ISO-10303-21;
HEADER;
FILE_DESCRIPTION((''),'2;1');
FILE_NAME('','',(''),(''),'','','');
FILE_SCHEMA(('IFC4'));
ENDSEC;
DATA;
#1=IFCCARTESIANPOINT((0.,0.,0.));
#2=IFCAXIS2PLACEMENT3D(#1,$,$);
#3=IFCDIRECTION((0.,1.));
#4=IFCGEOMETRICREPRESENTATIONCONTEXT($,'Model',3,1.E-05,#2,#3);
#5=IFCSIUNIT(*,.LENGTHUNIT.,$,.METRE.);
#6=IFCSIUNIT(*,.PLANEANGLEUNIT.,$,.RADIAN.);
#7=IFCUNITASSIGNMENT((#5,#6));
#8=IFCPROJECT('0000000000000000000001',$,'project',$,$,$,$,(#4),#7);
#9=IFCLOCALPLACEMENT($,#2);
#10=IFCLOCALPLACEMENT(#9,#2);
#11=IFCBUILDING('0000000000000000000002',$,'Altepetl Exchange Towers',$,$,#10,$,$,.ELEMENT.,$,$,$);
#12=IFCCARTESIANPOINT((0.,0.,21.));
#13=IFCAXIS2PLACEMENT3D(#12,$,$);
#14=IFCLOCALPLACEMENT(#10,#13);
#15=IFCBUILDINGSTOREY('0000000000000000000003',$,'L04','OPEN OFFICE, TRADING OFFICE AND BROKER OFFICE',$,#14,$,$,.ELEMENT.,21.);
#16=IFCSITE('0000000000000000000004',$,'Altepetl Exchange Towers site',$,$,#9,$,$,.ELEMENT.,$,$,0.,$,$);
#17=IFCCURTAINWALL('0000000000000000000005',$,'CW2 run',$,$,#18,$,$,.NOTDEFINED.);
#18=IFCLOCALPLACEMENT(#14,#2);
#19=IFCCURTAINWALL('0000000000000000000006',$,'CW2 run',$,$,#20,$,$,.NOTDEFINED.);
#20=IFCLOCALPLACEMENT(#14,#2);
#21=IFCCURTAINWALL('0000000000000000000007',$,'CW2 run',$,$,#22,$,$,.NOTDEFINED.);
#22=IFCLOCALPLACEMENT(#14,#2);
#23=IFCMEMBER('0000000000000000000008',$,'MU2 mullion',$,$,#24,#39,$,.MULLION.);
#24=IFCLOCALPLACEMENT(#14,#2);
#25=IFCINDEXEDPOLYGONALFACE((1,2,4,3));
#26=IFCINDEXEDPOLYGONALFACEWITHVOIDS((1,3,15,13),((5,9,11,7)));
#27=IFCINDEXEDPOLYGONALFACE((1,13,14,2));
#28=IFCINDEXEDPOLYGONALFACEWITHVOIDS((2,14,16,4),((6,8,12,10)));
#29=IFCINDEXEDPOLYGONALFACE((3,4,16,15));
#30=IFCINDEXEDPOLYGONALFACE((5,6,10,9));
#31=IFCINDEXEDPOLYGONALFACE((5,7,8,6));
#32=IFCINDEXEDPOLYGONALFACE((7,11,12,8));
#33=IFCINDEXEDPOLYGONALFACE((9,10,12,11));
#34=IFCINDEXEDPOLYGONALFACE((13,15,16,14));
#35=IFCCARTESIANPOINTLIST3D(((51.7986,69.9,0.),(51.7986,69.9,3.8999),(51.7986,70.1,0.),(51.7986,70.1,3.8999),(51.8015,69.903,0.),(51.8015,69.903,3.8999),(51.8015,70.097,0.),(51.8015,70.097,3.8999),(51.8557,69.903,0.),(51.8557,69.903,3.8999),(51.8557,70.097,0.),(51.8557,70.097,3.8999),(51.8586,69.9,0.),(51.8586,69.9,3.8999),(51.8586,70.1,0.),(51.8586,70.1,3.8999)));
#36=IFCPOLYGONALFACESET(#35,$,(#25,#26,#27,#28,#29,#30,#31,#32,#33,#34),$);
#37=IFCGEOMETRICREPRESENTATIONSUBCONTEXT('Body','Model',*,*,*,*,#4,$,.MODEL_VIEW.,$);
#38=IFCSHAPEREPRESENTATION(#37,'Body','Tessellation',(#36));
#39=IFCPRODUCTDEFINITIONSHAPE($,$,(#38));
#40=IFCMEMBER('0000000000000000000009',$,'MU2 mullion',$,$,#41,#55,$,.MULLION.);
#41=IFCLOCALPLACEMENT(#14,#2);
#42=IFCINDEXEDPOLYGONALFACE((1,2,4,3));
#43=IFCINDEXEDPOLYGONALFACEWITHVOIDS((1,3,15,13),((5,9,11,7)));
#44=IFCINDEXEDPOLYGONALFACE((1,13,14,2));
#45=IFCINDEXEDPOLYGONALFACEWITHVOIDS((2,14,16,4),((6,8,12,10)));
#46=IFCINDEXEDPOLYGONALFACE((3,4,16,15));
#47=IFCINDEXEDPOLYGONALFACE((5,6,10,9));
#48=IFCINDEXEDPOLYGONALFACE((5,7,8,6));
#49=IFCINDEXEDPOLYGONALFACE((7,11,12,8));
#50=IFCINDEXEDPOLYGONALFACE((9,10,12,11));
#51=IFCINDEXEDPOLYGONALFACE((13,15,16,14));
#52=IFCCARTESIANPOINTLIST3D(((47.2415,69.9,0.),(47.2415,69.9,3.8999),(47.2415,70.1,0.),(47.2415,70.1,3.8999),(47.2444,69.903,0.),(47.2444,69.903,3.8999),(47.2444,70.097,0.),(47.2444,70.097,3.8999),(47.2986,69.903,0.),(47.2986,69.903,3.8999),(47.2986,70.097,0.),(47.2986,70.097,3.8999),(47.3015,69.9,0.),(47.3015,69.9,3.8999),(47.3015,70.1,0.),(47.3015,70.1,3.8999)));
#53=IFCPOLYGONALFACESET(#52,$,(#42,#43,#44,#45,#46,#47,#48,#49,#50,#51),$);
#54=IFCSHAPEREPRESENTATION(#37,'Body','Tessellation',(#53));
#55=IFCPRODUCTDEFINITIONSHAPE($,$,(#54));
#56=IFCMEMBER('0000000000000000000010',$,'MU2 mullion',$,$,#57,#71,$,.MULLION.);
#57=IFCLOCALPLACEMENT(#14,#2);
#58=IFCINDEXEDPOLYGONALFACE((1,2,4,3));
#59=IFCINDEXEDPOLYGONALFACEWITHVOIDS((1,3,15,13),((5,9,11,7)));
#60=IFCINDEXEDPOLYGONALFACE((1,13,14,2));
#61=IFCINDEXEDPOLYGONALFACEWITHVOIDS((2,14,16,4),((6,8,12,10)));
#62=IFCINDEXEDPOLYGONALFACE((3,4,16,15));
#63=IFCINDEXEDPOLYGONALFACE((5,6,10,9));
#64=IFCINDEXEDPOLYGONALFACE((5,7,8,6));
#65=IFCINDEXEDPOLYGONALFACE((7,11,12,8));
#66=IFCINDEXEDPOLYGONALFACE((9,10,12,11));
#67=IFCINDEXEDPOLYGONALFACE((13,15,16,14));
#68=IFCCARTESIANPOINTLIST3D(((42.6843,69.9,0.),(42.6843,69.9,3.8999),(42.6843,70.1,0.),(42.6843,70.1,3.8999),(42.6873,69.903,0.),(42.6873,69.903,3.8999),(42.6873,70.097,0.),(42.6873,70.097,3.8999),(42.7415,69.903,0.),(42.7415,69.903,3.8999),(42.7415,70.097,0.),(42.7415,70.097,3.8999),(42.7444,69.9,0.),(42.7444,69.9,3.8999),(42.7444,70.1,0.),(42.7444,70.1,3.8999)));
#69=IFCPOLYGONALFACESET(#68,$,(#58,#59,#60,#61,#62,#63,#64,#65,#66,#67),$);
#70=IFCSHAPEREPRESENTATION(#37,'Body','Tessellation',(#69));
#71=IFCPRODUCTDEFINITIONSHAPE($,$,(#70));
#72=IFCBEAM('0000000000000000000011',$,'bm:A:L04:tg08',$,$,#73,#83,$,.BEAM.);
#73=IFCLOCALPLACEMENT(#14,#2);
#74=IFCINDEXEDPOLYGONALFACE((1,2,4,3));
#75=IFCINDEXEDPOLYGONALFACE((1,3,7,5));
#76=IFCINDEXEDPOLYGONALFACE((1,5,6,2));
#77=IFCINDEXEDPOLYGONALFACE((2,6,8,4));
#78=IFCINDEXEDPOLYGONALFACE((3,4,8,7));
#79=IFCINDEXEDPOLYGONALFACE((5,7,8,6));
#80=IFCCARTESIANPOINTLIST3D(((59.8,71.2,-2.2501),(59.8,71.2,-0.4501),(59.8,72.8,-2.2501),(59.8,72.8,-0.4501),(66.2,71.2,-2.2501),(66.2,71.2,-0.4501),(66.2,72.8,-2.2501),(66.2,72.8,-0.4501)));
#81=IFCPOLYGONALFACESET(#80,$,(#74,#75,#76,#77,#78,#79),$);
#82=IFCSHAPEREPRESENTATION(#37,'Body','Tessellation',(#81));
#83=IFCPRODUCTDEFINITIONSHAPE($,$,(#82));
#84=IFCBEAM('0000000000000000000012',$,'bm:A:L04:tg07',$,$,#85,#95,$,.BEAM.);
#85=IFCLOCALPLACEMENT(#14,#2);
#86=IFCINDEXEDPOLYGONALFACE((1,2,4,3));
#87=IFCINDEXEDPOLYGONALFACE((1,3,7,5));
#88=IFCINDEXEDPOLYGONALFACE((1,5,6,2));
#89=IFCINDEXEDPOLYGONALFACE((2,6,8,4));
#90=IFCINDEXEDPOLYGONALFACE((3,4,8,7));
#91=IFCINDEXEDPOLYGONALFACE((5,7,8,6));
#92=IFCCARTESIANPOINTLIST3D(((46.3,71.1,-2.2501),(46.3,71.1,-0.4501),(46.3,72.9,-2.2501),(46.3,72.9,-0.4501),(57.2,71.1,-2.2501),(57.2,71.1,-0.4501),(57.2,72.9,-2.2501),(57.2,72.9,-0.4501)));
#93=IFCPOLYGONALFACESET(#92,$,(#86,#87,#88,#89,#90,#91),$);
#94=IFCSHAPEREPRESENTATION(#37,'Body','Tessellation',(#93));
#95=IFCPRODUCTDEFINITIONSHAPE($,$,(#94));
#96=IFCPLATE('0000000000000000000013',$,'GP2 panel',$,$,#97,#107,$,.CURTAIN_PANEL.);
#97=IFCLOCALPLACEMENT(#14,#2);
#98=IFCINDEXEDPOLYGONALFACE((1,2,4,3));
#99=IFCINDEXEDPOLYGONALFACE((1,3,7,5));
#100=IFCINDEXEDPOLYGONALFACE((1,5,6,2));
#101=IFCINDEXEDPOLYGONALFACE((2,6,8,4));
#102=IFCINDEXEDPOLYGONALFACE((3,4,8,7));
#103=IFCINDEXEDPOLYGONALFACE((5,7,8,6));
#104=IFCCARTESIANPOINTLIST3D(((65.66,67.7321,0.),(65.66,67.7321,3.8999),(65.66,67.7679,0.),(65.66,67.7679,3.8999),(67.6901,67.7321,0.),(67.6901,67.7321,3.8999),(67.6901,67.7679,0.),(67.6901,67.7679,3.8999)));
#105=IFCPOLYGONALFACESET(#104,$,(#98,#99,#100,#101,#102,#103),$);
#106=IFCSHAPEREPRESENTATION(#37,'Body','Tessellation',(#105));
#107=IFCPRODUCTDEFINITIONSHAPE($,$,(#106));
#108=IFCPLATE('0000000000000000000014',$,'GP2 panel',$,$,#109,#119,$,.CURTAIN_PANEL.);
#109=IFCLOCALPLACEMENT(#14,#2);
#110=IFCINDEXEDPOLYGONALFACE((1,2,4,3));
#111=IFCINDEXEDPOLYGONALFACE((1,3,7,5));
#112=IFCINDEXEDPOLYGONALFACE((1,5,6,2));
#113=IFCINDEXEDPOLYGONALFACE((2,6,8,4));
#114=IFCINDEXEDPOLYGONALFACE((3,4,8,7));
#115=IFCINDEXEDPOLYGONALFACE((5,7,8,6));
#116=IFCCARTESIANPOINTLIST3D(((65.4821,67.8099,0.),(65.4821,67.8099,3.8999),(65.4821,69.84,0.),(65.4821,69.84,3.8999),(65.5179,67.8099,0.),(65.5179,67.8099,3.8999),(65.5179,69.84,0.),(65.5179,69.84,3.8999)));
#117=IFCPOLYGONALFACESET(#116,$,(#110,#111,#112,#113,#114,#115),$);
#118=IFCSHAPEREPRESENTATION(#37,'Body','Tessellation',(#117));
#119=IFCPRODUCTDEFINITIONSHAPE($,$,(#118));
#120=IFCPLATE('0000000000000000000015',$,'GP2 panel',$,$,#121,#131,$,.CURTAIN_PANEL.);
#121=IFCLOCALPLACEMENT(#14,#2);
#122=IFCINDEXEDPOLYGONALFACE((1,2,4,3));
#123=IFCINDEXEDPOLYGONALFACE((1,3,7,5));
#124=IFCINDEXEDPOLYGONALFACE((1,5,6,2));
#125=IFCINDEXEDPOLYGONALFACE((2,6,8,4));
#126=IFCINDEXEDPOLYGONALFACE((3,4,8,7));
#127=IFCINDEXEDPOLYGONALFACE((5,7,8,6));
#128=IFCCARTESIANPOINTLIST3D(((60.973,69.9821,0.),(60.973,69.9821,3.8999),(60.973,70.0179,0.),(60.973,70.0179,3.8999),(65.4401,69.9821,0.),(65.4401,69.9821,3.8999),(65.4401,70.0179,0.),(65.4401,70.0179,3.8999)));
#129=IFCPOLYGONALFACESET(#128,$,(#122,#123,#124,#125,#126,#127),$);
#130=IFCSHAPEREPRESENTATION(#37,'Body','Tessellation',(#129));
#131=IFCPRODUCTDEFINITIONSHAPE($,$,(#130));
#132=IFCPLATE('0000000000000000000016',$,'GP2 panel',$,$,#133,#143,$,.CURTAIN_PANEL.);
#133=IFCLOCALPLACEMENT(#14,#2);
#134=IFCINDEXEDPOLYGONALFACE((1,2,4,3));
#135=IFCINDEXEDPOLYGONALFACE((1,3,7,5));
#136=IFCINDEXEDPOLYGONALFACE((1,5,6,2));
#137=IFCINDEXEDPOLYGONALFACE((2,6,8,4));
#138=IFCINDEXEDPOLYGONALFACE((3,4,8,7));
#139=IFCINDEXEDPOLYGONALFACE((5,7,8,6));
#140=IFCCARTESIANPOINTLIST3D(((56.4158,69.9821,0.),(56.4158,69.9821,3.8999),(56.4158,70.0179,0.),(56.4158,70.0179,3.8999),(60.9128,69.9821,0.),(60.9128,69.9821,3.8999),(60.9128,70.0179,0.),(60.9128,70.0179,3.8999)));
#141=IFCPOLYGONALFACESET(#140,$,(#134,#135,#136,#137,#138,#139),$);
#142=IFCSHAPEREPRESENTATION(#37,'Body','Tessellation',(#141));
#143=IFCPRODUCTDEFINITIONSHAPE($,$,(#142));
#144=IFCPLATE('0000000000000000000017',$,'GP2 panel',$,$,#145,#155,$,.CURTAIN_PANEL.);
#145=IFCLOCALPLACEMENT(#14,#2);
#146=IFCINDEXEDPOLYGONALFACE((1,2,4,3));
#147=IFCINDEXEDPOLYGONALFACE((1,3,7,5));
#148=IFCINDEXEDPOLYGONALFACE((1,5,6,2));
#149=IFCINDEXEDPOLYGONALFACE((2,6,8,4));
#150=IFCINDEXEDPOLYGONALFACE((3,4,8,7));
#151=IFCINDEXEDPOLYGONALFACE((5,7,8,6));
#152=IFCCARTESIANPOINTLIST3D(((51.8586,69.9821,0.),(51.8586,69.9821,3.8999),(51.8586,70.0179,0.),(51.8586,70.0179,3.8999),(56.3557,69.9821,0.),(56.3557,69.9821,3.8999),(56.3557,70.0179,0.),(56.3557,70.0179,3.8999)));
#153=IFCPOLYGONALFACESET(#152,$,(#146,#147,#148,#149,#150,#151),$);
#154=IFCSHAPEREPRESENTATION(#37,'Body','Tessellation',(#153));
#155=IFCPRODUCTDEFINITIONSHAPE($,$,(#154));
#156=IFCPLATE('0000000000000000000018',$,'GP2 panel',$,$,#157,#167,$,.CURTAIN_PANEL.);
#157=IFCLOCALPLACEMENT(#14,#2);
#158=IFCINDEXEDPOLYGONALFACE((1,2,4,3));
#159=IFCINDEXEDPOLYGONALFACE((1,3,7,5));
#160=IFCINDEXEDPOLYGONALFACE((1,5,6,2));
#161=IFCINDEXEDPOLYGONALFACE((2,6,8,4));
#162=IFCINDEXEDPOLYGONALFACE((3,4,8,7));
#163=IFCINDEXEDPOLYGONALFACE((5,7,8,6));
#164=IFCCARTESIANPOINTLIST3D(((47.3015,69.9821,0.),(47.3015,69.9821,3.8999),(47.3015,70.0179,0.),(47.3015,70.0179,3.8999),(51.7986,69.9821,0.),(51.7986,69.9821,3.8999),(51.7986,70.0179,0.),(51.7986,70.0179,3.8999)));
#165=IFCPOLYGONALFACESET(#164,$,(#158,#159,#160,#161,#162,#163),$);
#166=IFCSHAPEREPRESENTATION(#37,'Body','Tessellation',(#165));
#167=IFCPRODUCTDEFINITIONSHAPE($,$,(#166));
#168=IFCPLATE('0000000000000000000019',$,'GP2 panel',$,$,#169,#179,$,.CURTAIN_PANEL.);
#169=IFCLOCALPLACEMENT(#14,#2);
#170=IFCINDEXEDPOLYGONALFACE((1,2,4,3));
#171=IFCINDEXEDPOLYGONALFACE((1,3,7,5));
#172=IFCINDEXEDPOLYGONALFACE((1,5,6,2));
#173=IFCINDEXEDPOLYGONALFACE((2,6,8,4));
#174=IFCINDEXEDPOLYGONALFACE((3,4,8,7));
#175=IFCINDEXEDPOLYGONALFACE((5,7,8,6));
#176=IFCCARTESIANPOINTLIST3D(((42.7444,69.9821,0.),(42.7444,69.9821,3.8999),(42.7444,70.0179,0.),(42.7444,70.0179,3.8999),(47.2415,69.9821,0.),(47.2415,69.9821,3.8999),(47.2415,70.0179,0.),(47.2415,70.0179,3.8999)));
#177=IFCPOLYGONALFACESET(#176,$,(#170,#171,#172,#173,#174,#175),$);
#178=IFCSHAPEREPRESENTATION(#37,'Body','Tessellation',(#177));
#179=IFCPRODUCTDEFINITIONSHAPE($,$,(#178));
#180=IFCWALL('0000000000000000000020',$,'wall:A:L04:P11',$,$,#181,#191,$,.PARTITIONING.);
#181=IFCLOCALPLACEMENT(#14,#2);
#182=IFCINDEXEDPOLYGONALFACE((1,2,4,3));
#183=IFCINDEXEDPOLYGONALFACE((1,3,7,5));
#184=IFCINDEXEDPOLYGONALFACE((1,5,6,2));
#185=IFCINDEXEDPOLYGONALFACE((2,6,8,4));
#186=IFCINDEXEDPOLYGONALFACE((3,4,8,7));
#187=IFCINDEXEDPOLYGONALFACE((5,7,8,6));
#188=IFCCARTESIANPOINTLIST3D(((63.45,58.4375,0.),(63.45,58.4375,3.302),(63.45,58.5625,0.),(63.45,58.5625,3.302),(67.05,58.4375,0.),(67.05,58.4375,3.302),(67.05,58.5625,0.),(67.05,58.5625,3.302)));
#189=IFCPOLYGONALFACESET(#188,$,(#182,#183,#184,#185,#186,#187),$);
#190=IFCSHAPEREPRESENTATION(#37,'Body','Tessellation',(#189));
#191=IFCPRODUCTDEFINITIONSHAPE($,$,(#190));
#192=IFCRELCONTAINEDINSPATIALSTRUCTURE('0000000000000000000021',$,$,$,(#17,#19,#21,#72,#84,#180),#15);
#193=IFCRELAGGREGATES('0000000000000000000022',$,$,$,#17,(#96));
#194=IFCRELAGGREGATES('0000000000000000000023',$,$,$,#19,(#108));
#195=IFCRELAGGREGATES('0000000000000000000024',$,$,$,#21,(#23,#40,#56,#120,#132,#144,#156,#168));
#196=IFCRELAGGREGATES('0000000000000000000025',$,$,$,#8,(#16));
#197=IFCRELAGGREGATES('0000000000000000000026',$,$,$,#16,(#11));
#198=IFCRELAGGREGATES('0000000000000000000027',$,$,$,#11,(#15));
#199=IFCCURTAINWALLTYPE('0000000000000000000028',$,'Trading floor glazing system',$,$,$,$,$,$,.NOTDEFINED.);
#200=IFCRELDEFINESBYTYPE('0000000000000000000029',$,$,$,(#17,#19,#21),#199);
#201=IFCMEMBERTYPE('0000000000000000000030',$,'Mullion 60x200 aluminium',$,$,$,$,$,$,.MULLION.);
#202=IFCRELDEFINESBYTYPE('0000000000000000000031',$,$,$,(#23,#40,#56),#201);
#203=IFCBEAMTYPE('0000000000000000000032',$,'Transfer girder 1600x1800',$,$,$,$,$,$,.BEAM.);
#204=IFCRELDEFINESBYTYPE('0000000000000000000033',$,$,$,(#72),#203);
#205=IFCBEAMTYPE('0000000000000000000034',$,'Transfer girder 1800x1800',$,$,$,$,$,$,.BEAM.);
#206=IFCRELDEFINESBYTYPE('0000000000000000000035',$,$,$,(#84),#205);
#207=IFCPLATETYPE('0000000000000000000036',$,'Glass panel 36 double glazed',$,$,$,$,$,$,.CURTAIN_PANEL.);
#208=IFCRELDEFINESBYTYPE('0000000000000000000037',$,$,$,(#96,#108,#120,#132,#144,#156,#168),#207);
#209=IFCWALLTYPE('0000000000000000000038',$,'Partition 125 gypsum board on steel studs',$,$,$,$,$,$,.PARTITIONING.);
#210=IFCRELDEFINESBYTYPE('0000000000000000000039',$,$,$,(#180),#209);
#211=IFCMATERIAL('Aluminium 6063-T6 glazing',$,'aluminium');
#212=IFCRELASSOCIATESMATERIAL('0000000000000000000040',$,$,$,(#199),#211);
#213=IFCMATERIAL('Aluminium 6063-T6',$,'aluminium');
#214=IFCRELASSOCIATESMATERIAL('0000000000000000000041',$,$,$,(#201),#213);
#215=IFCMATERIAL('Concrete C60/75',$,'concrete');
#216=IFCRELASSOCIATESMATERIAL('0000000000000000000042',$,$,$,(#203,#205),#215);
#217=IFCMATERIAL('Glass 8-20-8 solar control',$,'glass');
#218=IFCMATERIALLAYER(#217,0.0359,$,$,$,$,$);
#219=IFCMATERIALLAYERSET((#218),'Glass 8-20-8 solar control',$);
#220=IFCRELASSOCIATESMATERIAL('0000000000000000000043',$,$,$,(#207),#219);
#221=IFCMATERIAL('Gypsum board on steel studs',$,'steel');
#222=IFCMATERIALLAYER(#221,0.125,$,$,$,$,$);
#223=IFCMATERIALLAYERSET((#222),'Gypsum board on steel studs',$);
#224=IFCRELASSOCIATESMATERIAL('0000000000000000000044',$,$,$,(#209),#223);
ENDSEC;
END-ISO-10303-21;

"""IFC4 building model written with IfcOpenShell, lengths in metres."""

from ifc_helpers import new_model, si_unit, direction, frame, frame_2d, origin, origin_2d, place, context, subcontext, project, spatial, rectangle, hollow_rectangle, extrude, material, layer, layer_set, material_profile, profile_set, type_object, element, aggregate, save


model = new_model("IFC4")

# Units and contexts
model_context = context("Model", 3, precision=1e-05, world=origin(), true_north=direction((0.0, 1.0)))
body_context = subcontext(model_context, "Body", "Model", "MODEL_VIEW")
ifc_project = project(units=[si_unit("LENGTHUNIT", "METRE"), si_unit("PLANEANGLEUNIT", "RADIAN")], contexts=[model_context])

# Site, building, storey
site_placement = place(None, origin())
site = spatial("IfcSite", under=ifc_project, at=site_placement, Name="Altepetl Exchange Towers site", CompositionType="ELEMENT", RefElevation=0.0)
building_placement = place(site_placement, origin())
building = spatial("IfcBuilding", under=site, at=building_placement, Name="Altepetl Exchange Towers", CompositionType="ELEMENT")
storey_placement = place(building_placement, frame((0.0, 0.0, 21.0)))
storey = spatial("IfcBuildingStorey", under=building, at=storey_placement, Name="L04", Description="OPEN OFFICE, TRADING OFFICE AND BROKER OFFICE", CompositionType="ELEMENT", Elevation=21.0)

# Curtain wall
ifc_material_1 = material(Name="Aluminium 6063-T6 glazing", Category="aluminium")
curtain_wall_type = type_object("IfcCurtainWallType", Name="Trading floor glazing system", PredefinedType="NOTDEFINED", material=ifc_material_1)
curtain_wall_1_placement = place(storey_placement, origin())
curtain_wall_1 = element("IfcCurtainWall", 1, at=curtain_wall_1_placement, inside=storey, type_object=curtain_wall_type, Name="CW2 run", PredefinedType="NOTDEFINED")
ifc_material_2 = material(Name="Aluminium 6063-T6", Category="aluminium")
ifc_material_profile_1 = material_profile(ifc_material_2, hollow_rectangle(XDim=0.0601, YDim=0.2, WallThickness=0.0029, at=origin_2d()), Name="Mullion 60x200 aluminium")
ifc_profile_set_1 = profile_set([ifc_material_profile_1], Name="Aluminium 6063-T6")
member_type = type_object("IfcMemberType", Name="Mullion 60x200 aluminium", PredefinedType="MULLION", material=ifc_profile_set_1)

# Curtain walls, members
curtain_wall_2_placement = place(storey_placement, origin())
curtain_wall_2 = element("IfcCurtainWall", 2, at=curtain_wall_2_placement, inside=storey, type_object=curtain_wall_type, Name="CW2 run", PredefinedType="NOTDEFINED")
curtain_wall_3_placement = place(storey_placement, origin())
curtain_wall_3 = element("IfcCurtainWall", 3, at=curtain_wall_3_placement, inside=storey, type_object=curtain_wall_type, Name="CW2 run", PredefinedType="NOTDEFINED")
member_1_placement = place(storey_placement, frame((51.8286, 70.0, 0.0), z_axis=(0.0, 0.0, 1.0), x_axis=(-1.0, 0.0, 0.0)))
member_1 = element("IfcMember", 4, at=member_1_placement, type_object=member_type, Name="MU2 mullion", PredefinedType="MULLION", context=body_context, shape_type="SweptSolid", body=[
    extrude(hollow_rectangle(XDim=0.0601, YDim=0.2, WallThickness=0.0029, at=origin_2d()), origin(), (0.0, 0.0, 1.0), 3.8999),
])
member_2_placement = place(storey_placement, frame((47.2715, 70.0, 0.0), z_axis=(0.0, 0.0, 1.0), x_axis=(-1.0, 0.0, 0.0)))
member_2 = element("IfcMember", 5, at=member_2_placement, type_object=member_type, Name="MU2 mullion", PredefinedType="MULLION", context=body_context, shape_type="SweptSolid", body=[
    extrude(hollow_rectangle(XDim=0.0601, YDim=0.2, WallThickness=0.0029, at=origin_2d()), origin(), (0.0, 0.0, 1.0), 3.8999),
])
member_3_placement = place(storey_placement, frame((42.7144, 70.0, 0.0), z_axis=(0.0, 0.0, 1.0), x_axis=(-1.0, 0.0, 0.0)))
member_3 = element("IfcMember", 6, at=member_3_placement, type_object=member_type, Name="MU2 mullion", PredefinedType="MULLION", context=body_context, shape_type="SweptSolid", body=[
    extrude(hollow_rectangle(XDim=0.0601, YDim=0.2, WallThickness=0.0029, at=origin_2d()), origin(), (0.0, 0.0, 1.0), 3.8999),
])

# Beams
ifc_material_3 = material(Name="Concrete C60/75", Category="concrete")
ifc_material_profile_2 = material_profile(ifc_material_3, rectangle(XDim=1.6001, YDim=1.8, at=origin_2d()), Name="1600 x 1800")
ifc_profile_set_2 = profile_set([ifc_material_profile_2], Name="Concrete C60/75")
beam_type_1 = type_object("IfcBeamType", Name="Transfer girder 1600x1800", PredefinedType="BEAM", material=ifc_profile_set_2)
beam_1_placement = place(storey_placement, frame((59.8, 72.0, -1.3501), z_axis=(1.0, 0.0, 0.0), x_axis=(0.0, 1.0, 0.0)))
element("IfcBeam", 7, at=beam_1_placement, inside=storey, type_object=beam_type_1, Name="bm:A:L04:tg08", PredefinedType="BEAM", context=body_context, shape_type="SweptSolid", body=[
    extrude(rectangle(XDim=1.6001, YDim=1.8, at=origin_2d()), origin(), (0.0, 0.0, 1.0), 6.3999),
])
ifc_material_profile_3 = material_profile(ifc_material_3, rectangle(XDim=1.8, YDim=1.8, at=origin_2d()), Name="1800 x 1800")
ifc_profile_set_3 = profile_set([ifc_material_profile_3], Name="Concrete C60/75")
beam_type_2 = type_object("IfcBeamType", Name="Transfer girder 1800x1800", PredefinedType="BEAM", material=ifc_profile_set_3)
beam_2_placement = place(storey_placement, frame((46.3, 72.0, -1.3501), z_axis=(1.0, 0.0, 0.0), x_axis=(0.0, 1.0, 0.0)))
element("IfcBeam", 8, at=beam_2_placement, inside=storey, type_object=beam_type_2, Name="bm:A:L04:tg07", PredefinedType="BEAM", context=body_context, shape_type="SweptSolid", body=[
    extrude(rectangle(XDim=1.8, YDim=1.8, at=origin_2d()), origin(), (0.0, 0.0, 1.0), 10.8999),
])

# Plates
ifc_material_4 = material(Name="Glass 8-20-8 solar control", Category="glass")
ifc_layer_1 = layer(ifc_material_4, 0.0359)
ifc_layer_set_1 = layer_set([ifc_layer_1], Name="Glass 8-20-8 solar control")
plate_type = type_object("IfcPlateType", Name="Glass panel 36 double glazed", PredefinedType="CURTAIN_PANEL", material=ifc_layer_set_1)
plate_1_placement = place(storey_placement, frame((66.675, 67.75, 0.0), z_axis=(0.0, 0.0, 1.0), x_axis=(-1.0, 0.0, 0.0)))
plate_1 = element("IfcPlate", 9, at=plate_1_placement, type_object=plate_type, Name="GP2 panel", PredefinedType="CURTAIN_PANEL", context=body_context, shape_type="SweptSolid", body=[
    extrude(rectangle(XDim=2.03, YDim=0.0359, at=origin_2d()), origin(), (0.0, 0.0, 1.0), 3.8999),
])
aggregate(curtain_wall_1, [plate_1])
plate_2_placement = place(storey_placement, frame((65.5, 68.825, 0.0), z_axis=(0.0, 0.0, 1.0), x_axis=(0.0, 1.0, 0.0)))
plate_2 = element("IfcPlate", 10, at=plate_2_placement, type_object=plate_type, Name="GP2 panel", PredefinedType="CURTAIN_PANEL", context=body_context, shape_type="SweptSolid", body=[
    extrude(rectangle(XDim=2.03, YDim=0.0359, at=origin_2d()), origin(), (0.0, 0.0, 1.0), 3.8999),
])
aggregate(curtain_wall_2, [plate_2])
plate_3_placement = place(storey_placement, frame((63.2065, 70.0, 0.0), z_axis=(0.0, 0.0, 1.0), x_axis=(-1.0, 0.0, 0.0)))
plate_3 = element("IfcPlate", 11, at=plate_3_placement, type_object=plate_type, Name="GP2 panel", PredefinedType="CURTAIN_PANEL", context=body_context, shape_type="SweptSolid", body=[
    extrude(rectangle(XDim=4.467, YDim=0.0359, at=origin_2d()), origin(), (0.0, 0.0, 1.0), 3.8999),
])
plate_4_placement = place(storey_placement, frame((58.6643, 70.0, 0.0), z_axis=(0.0, 0.0, 1.0), x_axis=(-1.0, 0.0, 0.0)))
plate_4 = element("IfcPlate", 12, at=plate_4_placement, type_object=plate_type, Name="GP2 panel", PredefinedType="CURTAIN_PANEL", context=body_context, shape_type="SweptSolid", body=[
    extrude(rectangle(XDim=4.4971, YDim=0.0359, at=origin_2d()), origin(), (0.0, 0.0, 1.0), 3.8999),
])
plate_5_placement = place(storey_placement, frame((54.1072, 70.0, 0.0), z_axis=(0.0, 0.0, 1.0), x_axis=(-1.0, 0.0, 0.0)))
plate_5 = element("IfcPlate", 13, at=plate_5_placement, type_object=plate_type, Name="GP2 panel", PredefinedType="CURTAIN_PANEL", context=body_context, shape_type="SweptSolid", body=[
    extrude(rectangle(XDim=4.4971, YDim=0.0359, at=origin_2d()), origin(), (0.0, 0.0, 1.0), 3.8999),
])
plate_6_placement = place(storey_placement, frame((49.55, 70.0, 0.0), z_axis=(0.0, 0.0, 1.0), x_axis=(-1.0, 0.0, 0.0)))
plate_6 = element("IfcPlate", 14, at=plate_6_placement, type_object=plate_type, Name="GP2 panel", PredefinedType="CURTAIN_PANEL", context=body_context, shape_type="SweptSolid", body=[
    extrude(rectangle(XDim=4.4971, YDim=0.0359, at=origin_2d()), origin(), (0.0, 0.0, 1.0), 3.8999),
])
plate_7_placement = place(storey_placement, frame((44.9929, 70.0, 0.0), z_axis=(0.0, 0.0, 1.0), x_axis=(-1.0, 0.0, 0.0)))
plate_7 = element("IfcPlate", 15, at=plate_7_placement, type_object=plate_type, Name="GP2 panel", PredefinedType="CURTAIN_PANEL", context=body_context, shape_type="SweptSolid", body=[
    extrude(rectangle(XDim=4.4971, YDim=0.0359, at=origin_2d()), origin(), (0.0, 0.0, 1.0), 3.8999),
])
aggregate(curtain_wall_3, [member_1, member_2, member_3, plate_3, plate_4, plate_5, plate_6, plate_7])

# Wall
ifc_material_5 = material(Name="Gypsum board on steel studs", Category="steel")
ifc_layer_2 = layer(ifc_material_5, 0.125)
ifc_layer_set_2 = layer_set([ifc_layer_2], Name="Gypsum board on steel studs")
wall_type = type_object("IfcWallType", Name="Partition 125 gypsum board on steel studs", PredefinedType="PARTITIONING", material=ifc_layer_set_2)
wall_placement = place(storey_placement, frame((63.45, 58.5, 0.0)))
element("IfcWall", 16, at=wall_placement, inside=storey, type_object=wall_type, Name="wall:A:L04:P11", PredefinedType="PARTITIONING", context=body_context, shape_type="SweptSolid", body=[
    extrude(rectangle(XDim=3.6001, YDim=0.125, at=frame_2d((1.8, 0.0))), origin(), (0.0, 0.0, 1.0), 3.302),
])

save(model, "model.ifc")
